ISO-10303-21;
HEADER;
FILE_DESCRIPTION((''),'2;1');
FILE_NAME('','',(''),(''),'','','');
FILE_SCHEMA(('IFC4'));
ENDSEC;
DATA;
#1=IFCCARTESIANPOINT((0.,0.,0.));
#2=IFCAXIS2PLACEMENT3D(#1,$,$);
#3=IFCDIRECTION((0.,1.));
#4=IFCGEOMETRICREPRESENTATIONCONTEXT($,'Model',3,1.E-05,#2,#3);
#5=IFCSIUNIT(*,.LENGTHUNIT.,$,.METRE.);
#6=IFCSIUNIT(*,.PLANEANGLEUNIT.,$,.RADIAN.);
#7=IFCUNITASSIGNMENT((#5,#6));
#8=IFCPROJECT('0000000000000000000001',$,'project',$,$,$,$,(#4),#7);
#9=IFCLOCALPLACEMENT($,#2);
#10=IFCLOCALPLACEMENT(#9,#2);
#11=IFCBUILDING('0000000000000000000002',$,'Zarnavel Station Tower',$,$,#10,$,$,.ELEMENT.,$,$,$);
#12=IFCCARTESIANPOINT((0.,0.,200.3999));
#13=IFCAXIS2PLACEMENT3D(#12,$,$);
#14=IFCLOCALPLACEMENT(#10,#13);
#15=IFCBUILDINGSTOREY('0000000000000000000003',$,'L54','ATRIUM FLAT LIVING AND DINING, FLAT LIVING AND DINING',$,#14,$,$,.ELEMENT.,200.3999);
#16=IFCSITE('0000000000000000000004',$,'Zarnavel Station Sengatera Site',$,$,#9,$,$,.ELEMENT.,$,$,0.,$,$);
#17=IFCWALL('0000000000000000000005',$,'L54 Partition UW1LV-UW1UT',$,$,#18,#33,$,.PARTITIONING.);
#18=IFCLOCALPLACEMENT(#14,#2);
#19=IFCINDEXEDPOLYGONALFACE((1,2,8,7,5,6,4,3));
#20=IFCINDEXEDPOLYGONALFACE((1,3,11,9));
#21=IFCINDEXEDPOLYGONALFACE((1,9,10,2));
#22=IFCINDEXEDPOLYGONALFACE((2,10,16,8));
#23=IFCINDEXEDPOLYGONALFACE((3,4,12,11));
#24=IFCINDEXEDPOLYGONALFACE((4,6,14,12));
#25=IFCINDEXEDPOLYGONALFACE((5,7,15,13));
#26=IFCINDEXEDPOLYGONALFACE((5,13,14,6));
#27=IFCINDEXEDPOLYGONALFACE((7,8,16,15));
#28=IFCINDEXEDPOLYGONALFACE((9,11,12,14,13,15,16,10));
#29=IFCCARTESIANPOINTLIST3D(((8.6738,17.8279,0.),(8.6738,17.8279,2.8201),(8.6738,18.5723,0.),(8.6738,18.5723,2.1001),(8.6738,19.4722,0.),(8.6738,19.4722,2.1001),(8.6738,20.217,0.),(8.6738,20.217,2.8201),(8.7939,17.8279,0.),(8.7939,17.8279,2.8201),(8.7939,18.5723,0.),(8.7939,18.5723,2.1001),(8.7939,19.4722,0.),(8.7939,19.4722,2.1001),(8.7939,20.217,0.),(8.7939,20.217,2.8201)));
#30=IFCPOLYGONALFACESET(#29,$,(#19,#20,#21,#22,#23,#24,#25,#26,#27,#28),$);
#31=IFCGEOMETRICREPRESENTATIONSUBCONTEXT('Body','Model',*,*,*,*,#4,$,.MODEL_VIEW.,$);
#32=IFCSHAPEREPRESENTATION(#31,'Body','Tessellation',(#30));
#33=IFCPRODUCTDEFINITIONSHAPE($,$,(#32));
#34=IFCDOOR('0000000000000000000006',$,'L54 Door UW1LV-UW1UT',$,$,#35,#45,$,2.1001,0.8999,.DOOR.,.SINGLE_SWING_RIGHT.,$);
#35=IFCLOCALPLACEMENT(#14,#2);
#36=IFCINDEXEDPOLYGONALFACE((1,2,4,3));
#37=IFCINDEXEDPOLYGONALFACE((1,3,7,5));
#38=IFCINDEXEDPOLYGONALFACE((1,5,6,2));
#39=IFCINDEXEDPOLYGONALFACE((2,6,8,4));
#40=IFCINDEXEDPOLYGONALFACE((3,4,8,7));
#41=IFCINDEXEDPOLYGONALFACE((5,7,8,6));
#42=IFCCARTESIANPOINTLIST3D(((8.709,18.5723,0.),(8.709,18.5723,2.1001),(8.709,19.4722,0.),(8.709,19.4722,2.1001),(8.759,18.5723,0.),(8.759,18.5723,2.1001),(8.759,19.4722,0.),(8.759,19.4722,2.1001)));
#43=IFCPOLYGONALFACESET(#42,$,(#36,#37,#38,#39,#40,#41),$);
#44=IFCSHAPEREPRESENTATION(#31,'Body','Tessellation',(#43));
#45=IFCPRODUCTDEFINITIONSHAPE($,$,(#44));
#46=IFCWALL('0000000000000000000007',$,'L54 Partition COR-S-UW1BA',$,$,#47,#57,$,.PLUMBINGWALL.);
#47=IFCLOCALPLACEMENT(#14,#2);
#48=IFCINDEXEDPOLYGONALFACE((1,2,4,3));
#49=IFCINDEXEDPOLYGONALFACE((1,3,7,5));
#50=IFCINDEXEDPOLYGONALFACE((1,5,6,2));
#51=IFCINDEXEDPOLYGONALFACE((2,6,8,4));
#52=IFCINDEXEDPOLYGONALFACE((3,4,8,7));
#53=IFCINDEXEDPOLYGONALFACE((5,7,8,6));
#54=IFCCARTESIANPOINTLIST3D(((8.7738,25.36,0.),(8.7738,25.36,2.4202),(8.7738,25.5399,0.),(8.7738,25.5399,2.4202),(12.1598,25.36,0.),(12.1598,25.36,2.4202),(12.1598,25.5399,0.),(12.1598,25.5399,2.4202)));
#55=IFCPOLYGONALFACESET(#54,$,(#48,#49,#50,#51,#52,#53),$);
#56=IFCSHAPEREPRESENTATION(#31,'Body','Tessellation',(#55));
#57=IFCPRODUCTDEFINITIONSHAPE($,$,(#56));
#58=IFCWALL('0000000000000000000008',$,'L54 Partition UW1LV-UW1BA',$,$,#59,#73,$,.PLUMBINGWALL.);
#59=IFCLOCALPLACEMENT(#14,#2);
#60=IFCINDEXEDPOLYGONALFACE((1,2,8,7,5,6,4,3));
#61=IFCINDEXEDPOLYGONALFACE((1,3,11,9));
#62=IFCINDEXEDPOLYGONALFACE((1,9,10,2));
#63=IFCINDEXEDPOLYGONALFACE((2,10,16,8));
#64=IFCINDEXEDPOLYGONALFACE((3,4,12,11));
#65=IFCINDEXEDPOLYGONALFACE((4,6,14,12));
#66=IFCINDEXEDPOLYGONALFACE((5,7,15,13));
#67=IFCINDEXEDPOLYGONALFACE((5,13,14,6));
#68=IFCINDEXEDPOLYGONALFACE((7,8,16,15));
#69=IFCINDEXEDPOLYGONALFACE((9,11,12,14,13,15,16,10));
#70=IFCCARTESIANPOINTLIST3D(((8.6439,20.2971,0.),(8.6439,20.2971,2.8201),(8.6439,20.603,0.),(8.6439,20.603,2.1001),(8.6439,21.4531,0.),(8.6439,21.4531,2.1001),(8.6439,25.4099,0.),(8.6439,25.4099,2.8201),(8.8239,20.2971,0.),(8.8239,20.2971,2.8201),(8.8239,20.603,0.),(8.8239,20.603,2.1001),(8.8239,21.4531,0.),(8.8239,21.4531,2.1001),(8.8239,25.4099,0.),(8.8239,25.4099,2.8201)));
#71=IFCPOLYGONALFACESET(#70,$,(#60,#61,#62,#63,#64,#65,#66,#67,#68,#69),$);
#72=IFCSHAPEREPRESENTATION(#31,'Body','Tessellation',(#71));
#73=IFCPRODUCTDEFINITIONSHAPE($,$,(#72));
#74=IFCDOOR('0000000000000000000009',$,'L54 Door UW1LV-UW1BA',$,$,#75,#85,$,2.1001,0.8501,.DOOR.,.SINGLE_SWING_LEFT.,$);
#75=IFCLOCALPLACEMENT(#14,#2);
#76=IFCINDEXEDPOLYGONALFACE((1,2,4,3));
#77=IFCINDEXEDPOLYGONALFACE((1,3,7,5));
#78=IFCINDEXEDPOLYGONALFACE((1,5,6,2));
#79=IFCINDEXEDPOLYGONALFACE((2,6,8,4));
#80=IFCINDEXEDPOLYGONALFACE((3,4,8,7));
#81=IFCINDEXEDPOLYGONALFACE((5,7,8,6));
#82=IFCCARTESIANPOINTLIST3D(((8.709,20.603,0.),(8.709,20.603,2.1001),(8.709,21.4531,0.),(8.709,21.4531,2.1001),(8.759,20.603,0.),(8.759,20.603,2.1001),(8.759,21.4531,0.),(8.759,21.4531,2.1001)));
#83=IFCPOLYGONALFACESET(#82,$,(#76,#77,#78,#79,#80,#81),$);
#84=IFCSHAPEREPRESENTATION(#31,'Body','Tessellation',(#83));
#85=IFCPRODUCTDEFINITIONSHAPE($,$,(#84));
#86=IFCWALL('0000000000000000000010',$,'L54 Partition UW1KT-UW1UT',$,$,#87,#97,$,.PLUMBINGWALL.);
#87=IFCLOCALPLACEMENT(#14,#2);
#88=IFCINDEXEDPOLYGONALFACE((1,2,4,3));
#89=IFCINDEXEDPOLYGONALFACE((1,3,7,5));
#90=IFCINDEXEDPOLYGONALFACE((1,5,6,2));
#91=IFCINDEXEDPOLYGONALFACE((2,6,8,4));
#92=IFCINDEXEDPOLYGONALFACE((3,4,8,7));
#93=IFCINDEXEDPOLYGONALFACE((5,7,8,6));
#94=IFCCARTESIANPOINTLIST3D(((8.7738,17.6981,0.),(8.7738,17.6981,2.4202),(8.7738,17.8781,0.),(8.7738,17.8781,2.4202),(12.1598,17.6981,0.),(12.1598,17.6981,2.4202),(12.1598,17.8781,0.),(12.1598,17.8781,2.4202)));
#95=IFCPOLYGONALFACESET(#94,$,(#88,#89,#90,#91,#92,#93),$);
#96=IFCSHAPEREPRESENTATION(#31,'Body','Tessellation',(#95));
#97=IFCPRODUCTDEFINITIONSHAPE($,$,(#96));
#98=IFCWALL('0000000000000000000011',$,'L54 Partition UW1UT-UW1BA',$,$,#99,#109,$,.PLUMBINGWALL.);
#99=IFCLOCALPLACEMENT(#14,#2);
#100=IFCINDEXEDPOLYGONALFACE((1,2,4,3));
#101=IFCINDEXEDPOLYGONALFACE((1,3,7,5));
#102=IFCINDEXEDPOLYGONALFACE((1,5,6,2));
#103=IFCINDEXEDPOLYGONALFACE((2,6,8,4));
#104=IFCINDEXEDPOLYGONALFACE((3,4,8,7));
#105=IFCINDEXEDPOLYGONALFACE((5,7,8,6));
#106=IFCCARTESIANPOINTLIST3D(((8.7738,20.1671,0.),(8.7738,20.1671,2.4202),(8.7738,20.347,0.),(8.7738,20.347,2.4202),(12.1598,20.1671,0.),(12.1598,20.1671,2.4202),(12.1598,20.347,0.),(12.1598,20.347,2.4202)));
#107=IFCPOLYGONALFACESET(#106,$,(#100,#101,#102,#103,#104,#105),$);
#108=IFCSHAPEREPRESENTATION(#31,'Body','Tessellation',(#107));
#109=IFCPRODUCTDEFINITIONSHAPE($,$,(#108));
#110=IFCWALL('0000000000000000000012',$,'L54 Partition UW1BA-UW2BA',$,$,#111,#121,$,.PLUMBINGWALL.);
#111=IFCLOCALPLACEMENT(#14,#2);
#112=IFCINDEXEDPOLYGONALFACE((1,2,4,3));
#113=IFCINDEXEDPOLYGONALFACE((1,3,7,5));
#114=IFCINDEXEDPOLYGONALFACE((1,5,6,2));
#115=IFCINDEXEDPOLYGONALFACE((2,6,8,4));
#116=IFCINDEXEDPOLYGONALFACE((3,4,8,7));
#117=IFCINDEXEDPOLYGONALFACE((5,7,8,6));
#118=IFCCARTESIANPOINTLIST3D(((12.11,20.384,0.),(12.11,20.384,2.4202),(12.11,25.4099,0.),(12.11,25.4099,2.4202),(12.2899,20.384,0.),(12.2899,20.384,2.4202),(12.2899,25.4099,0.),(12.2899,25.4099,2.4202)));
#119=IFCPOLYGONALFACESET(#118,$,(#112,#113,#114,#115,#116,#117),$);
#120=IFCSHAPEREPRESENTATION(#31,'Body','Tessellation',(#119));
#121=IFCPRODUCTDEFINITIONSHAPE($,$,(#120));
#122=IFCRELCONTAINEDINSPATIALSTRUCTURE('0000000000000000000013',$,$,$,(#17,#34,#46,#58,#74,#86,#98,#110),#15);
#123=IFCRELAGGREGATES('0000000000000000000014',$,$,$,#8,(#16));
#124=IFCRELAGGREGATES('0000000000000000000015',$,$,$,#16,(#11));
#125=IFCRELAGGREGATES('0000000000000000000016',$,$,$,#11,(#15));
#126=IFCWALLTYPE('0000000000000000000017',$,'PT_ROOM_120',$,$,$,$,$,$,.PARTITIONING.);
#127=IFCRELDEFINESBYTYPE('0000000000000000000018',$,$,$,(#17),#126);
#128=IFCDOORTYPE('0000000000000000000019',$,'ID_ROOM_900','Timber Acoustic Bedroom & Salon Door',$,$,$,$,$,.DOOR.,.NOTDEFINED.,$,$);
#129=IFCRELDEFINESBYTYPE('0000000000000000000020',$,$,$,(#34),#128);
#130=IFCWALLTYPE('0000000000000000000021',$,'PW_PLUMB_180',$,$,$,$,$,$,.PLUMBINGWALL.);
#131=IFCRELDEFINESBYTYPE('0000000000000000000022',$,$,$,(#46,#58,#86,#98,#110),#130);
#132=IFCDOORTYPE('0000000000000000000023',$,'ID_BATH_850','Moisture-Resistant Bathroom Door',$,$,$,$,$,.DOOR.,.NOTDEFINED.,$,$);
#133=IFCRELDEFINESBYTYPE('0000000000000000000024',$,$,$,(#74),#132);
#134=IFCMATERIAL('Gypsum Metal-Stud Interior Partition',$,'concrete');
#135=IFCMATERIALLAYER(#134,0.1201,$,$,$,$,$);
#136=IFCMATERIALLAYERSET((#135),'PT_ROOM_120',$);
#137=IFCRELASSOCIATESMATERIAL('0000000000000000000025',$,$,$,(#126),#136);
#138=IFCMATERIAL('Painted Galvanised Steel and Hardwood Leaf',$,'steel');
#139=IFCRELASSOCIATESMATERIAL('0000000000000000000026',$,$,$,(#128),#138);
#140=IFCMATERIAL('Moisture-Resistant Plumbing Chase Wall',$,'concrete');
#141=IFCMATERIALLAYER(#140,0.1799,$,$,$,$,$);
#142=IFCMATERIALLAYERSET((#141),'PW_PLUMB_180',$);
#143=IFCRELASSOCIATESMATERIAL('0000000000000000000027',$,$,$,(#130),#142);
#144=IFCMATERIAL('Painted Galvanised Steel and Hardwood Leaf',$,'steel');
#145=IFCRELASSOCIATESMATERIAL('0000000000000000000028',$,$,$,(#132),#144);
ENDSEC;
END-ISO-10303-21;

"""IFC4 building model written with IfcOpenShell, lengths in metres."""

from ifc_helpers import new_model, si_unit, direction, frame, frame_2d, origin, place, context, subcontext, project, spatial, rectangle, extrude, material, layer, layer_set, type_object, element, fill, save


model = new_model("IFC4")

# Units and contexts
model_context = context("Model", 3, precision=1e-05, world=origin(), true_north=direction((0.0, 1.0)))
body_context = subcontext(model_context, "Body", "Model", "MODEL_VIEW")
ifc_project = project(units=[si_unit("LENGTHUNIT", "METRE"), si_unit("PLANEANGLEUNIT", "RADIAN")], contexts=[model_context])

# Site, building, storey
site_placement = place(None, origin())
site = spatial("IfcSite", under=ifc_project, at=site_placement, Name="Zarnavel Station Sengatera Site", CompositionType="ELEMENT", RefElevation=0.0)
building_placement = place(site_placement, origin())
building = spatial("IfcBuilding", under=site, at=building_placement, Name="Zarnavel Station Tower", CompositionType="ELEMENT")
storey_placement = place(building_placement, frame((0.0, 0.0, 200.3999)))
storey = spatial("IfcBuildingStorey", under=building, at=storey_placement, Name="L54", Description="ATRIUM FLAT LIVING AND DINING, FLAT LIVING AND DINING", CompositionType="ELEMENT", Elevation=200.3999)

# Wall, opening, door
ifc_material_1 = material(Name="Gypsum Metal-Stud Interior Partition", Category="concrete")
ifc_layer_1 = layer(ifc_material_1, 0.1201)
ifc_layer_set_1 = layer_set([ifc_layer_1], Name="PT_ROOM_120")
wall_type_1 = type_object("IfcWallType", Name="PT_ROOM_120", PredefinedType="PARTITIONING", material=ifc_layer_set_1)
ifc_material_2 = material(Name="Painted Galvanised Steel and Hardwood Leaf", Category="steel")
door_type_1 = type_object("IfcDoorType", Name="ID_ROOM_900", Description="Timber Acoustic Bedroom & Salon Door", OperationType="NOTDEFINED", PredefinedType="DOOR", material=ifc_material_2)
wall_1_placement = place(storey_placement, frame((8.7339, 17.8279, 0.0), z_axis=(0.0, 0.0, 1.0), x_axis=(0.0, 1.0, 0.0)))
wall_1 = element("IfcWall", 1, at=wall_1_placement, inside=storey, type_object=wall_type_1, Name="L54 Partition UW1LV-UW1UT", PredefinedType="PARTITIONING", context=body_context, shape_type="SweptSolid", body=[
    extrude(rectangle(XDim=2.3892, YDim=0.1201, at=frame_2d((1.1946, 0.0))), origin(), (0.0, 0.0, 1.0), 2.8201),
])
opening_1_placement = place(wall_1_placement, frame((0.7444, 0.0, 0.0)))
opening_1 = element("IfcOpeningElement", 2, at=opening_1_placement, cuts=wall_1, PredefinedType="OPENING", context=body_context, shape_type="SweptSolid", body=[
    extrude(rectangle(XDim=0.8999, YDim=2.1001, at=frame_2d((0.45, 1.05))), frame((0.0, 0.0701, 0.0), z_axis=(0.0, -1.0, 0.0), x_axis=(1.0, 0.0, 0.0)), (0.0, 0.0, 1.0), 0.1401),
])
door_1_placement = place(opening_1_placement, origin())
door_1 = element("IfcDoor", 3, at=door_1_placement, inside=storey, type_object=door_type_1, Name="L54 Door UW1LV-UW1UT", OperationType="SINGLE_SWING_RIGHT", OverallHeight=2.1001, OverallWidth=0.8999, PredefinedType="DOOR", context=body_context, shape_type="SweptSolid", body=[
    extrude(rectangle(XDim=0.8999, YDim=2.1001, at=frame_2d((0.45, 1.05))), frame((0.0, 0.0249, 0.0), z_axis=(0.0, -1.0, 0.0), x_axis=(1.0, 0.0, 0.0)), (0.0, 0.0, 1.0), 0.05),
])
fill(opening_1, door_1)

# Wall
ifc_material_3 = material(Name="Moisture-Resistant Plumbing Chase Wall", Category="concrete")
ifc_layer_2 = layer(ifc_material_3, 0.1799)
ifc_layer_set_2 = layer_set([ifc_layer_2], Name="PW_PLUMB_180")
wall_type_2 = type_object("IfcWallType", Name="PW_PLUMB_180", PredefinedType="PLUMBINGWALL", material=ifc_layer_set_2)
wall_2_placement = place(storey_placement, frame((8.7739, 25.45, 0.0), z_axis=(0.0, 0.0, 1.0), x_axis=(1.0, 0.0, 0.0)))
element("IfcWall", 4, at=wall_2_placement, inside=storey, type_object=wall_type_2, Name="L54 Partition COR-S-UW1BA", PredefinedType="PLUMBINGWALL", context=body_context, shape_type="SweptSolid", body=[
    extrude(rectangle(XDim=3.386, YDim=0.1799, at=frame_2d((1.6929, 0.0))), origin(), (0.0, 0.0, 1.0), 2.4202),
])

# Wall, opening, door
wall_3_placement = place(storey_placement, frame((8.7339, 20.2971, 0.0), z_axis=(0.0, 0.0, 1.0), x_axis=(0.0, 1.0, 0.0)))
wall_3 = element("IfcWall", 5, at=wall_3_placement, inside=storey, type_object=wall_type_2, Name="L54 Partition UW1LV-UW1BA", PredefinedType="PLUMBINGWALL", context=body_context, shape_type="SweptSolid", body=[
    extrude(rectangle(XDim=5.1128, YDim=0.1799, at=frame_2d((2.5564, 0.0))), origin(), (0.0, 0.0, 1.0), 2.8201),
])
opening_2_placement = place(wall_3_placement, frame((0.3059, 0.0, 0.0)))
opening_2 = element("IfcOpeningElement", 6, at=opening_2_placement, cuts=wall_3, PredefinedType="OPENING", context=body_context, shape_type="SweptSolid", body=[
    extrude(rectangle(XDim=0.8501, YDim=2.1001, at=frame_2d((0.425, 1.05))), frame((0.0, 0.0999, 0.0), z_axis=(0.0, -1.0, 0.0), x_axis=(1.0, 0.0, 0.0)), (0.0, 0.0, 1.0), 0.2),
])
ifc_material_4 = material(Name="Painted Galvanised Steel and Hardwood Leaf", Category="steel")
door_type_2 = type_object("IfcDoorType", Name="ID_BATH_850", Description="Moisture-Resistant Bathroom Door", OperationType="NOTDEFINED", PredefinedType="DOOR", material=ifc_material_4)
door_2_placement = place(opening_2_placement, origin())
door_2 = element("IfcDoor", 7, at=door_2_placement, inside=storey, type_object=door_type_2, Name="L54 Door UW1LV-UW1BA", OperationType="SINGLE_SWING_LEFT", OverallHeight=2.1001, OverallWidth=0.8501, PredefinedType="DOOR", context=body_context, shape_type="SweptSolid", body=[
    extrude(rectangle(XDim=0.8501, YDim=2.1001, at=frame_2d((0.425, 1.05))), frame((0.0, 0.0249, 0.0), z_axis=(0.0, -1.0, 0.0), x_axis=(1.0, 0.0, 0.0)), (0.0, 0.0, 1.0), 0.05),
])
fill(opening_2, door_2)

# Walls
for number, where, z_axis, x_axis, name in (
    (8, (8.7739, 17.7881, 0.0), (0.0, 0.0, 1.0), (1.0, 0.0, 0.0), "L54 Partition UW1KT-UW1UT"),
    (9, (8.7739, 20.2571, 0.0), (0.0, 0.0, 1.0), (1.0, 0.0, 0.0), "L54 Partition UW1UT-UW1BA"),
):
    element("IfcWall", number, at=place(storey_placement, frame(where, z_axis=z_axis, x_axis=x_axis)), inside=storey, type_object=wall_type_2, Name=name, PredefinedType="PLUMBINGWALL", context=body_context, shape_type="SweptSolid", body=[
        extrude(rectangle(XDim=3.386, YDim=0.1799, at=frame_2d((1.6929, 0.0))), origin(), (0.0, 0.0, 1.0), 2.4202),
    ])
wall_4_placement = place(storey_placement, frame((12.2, 20.384, 0.0), z_axis=(0.0, 0.0, 1.0), x_axis=(0.0, 1.0, 0.0)))
element("IfcWall", 10, at=wall_4_placement, inside=storey, type_object=wall_type_2, Name="L54 Partition UW1BA-UW2BA", PredefinedType="PLUMBINGWALL", context=body_context, shape_type="SweptSolid", body=[
    extrude(rectangle(XDim=5.0259, YDim=0.1799, at=frame_2d((2.5129, 0.0))), origin(), (0.0, 0.0, 1.0), 2.4202),
])

save(model, "model.ifc")
